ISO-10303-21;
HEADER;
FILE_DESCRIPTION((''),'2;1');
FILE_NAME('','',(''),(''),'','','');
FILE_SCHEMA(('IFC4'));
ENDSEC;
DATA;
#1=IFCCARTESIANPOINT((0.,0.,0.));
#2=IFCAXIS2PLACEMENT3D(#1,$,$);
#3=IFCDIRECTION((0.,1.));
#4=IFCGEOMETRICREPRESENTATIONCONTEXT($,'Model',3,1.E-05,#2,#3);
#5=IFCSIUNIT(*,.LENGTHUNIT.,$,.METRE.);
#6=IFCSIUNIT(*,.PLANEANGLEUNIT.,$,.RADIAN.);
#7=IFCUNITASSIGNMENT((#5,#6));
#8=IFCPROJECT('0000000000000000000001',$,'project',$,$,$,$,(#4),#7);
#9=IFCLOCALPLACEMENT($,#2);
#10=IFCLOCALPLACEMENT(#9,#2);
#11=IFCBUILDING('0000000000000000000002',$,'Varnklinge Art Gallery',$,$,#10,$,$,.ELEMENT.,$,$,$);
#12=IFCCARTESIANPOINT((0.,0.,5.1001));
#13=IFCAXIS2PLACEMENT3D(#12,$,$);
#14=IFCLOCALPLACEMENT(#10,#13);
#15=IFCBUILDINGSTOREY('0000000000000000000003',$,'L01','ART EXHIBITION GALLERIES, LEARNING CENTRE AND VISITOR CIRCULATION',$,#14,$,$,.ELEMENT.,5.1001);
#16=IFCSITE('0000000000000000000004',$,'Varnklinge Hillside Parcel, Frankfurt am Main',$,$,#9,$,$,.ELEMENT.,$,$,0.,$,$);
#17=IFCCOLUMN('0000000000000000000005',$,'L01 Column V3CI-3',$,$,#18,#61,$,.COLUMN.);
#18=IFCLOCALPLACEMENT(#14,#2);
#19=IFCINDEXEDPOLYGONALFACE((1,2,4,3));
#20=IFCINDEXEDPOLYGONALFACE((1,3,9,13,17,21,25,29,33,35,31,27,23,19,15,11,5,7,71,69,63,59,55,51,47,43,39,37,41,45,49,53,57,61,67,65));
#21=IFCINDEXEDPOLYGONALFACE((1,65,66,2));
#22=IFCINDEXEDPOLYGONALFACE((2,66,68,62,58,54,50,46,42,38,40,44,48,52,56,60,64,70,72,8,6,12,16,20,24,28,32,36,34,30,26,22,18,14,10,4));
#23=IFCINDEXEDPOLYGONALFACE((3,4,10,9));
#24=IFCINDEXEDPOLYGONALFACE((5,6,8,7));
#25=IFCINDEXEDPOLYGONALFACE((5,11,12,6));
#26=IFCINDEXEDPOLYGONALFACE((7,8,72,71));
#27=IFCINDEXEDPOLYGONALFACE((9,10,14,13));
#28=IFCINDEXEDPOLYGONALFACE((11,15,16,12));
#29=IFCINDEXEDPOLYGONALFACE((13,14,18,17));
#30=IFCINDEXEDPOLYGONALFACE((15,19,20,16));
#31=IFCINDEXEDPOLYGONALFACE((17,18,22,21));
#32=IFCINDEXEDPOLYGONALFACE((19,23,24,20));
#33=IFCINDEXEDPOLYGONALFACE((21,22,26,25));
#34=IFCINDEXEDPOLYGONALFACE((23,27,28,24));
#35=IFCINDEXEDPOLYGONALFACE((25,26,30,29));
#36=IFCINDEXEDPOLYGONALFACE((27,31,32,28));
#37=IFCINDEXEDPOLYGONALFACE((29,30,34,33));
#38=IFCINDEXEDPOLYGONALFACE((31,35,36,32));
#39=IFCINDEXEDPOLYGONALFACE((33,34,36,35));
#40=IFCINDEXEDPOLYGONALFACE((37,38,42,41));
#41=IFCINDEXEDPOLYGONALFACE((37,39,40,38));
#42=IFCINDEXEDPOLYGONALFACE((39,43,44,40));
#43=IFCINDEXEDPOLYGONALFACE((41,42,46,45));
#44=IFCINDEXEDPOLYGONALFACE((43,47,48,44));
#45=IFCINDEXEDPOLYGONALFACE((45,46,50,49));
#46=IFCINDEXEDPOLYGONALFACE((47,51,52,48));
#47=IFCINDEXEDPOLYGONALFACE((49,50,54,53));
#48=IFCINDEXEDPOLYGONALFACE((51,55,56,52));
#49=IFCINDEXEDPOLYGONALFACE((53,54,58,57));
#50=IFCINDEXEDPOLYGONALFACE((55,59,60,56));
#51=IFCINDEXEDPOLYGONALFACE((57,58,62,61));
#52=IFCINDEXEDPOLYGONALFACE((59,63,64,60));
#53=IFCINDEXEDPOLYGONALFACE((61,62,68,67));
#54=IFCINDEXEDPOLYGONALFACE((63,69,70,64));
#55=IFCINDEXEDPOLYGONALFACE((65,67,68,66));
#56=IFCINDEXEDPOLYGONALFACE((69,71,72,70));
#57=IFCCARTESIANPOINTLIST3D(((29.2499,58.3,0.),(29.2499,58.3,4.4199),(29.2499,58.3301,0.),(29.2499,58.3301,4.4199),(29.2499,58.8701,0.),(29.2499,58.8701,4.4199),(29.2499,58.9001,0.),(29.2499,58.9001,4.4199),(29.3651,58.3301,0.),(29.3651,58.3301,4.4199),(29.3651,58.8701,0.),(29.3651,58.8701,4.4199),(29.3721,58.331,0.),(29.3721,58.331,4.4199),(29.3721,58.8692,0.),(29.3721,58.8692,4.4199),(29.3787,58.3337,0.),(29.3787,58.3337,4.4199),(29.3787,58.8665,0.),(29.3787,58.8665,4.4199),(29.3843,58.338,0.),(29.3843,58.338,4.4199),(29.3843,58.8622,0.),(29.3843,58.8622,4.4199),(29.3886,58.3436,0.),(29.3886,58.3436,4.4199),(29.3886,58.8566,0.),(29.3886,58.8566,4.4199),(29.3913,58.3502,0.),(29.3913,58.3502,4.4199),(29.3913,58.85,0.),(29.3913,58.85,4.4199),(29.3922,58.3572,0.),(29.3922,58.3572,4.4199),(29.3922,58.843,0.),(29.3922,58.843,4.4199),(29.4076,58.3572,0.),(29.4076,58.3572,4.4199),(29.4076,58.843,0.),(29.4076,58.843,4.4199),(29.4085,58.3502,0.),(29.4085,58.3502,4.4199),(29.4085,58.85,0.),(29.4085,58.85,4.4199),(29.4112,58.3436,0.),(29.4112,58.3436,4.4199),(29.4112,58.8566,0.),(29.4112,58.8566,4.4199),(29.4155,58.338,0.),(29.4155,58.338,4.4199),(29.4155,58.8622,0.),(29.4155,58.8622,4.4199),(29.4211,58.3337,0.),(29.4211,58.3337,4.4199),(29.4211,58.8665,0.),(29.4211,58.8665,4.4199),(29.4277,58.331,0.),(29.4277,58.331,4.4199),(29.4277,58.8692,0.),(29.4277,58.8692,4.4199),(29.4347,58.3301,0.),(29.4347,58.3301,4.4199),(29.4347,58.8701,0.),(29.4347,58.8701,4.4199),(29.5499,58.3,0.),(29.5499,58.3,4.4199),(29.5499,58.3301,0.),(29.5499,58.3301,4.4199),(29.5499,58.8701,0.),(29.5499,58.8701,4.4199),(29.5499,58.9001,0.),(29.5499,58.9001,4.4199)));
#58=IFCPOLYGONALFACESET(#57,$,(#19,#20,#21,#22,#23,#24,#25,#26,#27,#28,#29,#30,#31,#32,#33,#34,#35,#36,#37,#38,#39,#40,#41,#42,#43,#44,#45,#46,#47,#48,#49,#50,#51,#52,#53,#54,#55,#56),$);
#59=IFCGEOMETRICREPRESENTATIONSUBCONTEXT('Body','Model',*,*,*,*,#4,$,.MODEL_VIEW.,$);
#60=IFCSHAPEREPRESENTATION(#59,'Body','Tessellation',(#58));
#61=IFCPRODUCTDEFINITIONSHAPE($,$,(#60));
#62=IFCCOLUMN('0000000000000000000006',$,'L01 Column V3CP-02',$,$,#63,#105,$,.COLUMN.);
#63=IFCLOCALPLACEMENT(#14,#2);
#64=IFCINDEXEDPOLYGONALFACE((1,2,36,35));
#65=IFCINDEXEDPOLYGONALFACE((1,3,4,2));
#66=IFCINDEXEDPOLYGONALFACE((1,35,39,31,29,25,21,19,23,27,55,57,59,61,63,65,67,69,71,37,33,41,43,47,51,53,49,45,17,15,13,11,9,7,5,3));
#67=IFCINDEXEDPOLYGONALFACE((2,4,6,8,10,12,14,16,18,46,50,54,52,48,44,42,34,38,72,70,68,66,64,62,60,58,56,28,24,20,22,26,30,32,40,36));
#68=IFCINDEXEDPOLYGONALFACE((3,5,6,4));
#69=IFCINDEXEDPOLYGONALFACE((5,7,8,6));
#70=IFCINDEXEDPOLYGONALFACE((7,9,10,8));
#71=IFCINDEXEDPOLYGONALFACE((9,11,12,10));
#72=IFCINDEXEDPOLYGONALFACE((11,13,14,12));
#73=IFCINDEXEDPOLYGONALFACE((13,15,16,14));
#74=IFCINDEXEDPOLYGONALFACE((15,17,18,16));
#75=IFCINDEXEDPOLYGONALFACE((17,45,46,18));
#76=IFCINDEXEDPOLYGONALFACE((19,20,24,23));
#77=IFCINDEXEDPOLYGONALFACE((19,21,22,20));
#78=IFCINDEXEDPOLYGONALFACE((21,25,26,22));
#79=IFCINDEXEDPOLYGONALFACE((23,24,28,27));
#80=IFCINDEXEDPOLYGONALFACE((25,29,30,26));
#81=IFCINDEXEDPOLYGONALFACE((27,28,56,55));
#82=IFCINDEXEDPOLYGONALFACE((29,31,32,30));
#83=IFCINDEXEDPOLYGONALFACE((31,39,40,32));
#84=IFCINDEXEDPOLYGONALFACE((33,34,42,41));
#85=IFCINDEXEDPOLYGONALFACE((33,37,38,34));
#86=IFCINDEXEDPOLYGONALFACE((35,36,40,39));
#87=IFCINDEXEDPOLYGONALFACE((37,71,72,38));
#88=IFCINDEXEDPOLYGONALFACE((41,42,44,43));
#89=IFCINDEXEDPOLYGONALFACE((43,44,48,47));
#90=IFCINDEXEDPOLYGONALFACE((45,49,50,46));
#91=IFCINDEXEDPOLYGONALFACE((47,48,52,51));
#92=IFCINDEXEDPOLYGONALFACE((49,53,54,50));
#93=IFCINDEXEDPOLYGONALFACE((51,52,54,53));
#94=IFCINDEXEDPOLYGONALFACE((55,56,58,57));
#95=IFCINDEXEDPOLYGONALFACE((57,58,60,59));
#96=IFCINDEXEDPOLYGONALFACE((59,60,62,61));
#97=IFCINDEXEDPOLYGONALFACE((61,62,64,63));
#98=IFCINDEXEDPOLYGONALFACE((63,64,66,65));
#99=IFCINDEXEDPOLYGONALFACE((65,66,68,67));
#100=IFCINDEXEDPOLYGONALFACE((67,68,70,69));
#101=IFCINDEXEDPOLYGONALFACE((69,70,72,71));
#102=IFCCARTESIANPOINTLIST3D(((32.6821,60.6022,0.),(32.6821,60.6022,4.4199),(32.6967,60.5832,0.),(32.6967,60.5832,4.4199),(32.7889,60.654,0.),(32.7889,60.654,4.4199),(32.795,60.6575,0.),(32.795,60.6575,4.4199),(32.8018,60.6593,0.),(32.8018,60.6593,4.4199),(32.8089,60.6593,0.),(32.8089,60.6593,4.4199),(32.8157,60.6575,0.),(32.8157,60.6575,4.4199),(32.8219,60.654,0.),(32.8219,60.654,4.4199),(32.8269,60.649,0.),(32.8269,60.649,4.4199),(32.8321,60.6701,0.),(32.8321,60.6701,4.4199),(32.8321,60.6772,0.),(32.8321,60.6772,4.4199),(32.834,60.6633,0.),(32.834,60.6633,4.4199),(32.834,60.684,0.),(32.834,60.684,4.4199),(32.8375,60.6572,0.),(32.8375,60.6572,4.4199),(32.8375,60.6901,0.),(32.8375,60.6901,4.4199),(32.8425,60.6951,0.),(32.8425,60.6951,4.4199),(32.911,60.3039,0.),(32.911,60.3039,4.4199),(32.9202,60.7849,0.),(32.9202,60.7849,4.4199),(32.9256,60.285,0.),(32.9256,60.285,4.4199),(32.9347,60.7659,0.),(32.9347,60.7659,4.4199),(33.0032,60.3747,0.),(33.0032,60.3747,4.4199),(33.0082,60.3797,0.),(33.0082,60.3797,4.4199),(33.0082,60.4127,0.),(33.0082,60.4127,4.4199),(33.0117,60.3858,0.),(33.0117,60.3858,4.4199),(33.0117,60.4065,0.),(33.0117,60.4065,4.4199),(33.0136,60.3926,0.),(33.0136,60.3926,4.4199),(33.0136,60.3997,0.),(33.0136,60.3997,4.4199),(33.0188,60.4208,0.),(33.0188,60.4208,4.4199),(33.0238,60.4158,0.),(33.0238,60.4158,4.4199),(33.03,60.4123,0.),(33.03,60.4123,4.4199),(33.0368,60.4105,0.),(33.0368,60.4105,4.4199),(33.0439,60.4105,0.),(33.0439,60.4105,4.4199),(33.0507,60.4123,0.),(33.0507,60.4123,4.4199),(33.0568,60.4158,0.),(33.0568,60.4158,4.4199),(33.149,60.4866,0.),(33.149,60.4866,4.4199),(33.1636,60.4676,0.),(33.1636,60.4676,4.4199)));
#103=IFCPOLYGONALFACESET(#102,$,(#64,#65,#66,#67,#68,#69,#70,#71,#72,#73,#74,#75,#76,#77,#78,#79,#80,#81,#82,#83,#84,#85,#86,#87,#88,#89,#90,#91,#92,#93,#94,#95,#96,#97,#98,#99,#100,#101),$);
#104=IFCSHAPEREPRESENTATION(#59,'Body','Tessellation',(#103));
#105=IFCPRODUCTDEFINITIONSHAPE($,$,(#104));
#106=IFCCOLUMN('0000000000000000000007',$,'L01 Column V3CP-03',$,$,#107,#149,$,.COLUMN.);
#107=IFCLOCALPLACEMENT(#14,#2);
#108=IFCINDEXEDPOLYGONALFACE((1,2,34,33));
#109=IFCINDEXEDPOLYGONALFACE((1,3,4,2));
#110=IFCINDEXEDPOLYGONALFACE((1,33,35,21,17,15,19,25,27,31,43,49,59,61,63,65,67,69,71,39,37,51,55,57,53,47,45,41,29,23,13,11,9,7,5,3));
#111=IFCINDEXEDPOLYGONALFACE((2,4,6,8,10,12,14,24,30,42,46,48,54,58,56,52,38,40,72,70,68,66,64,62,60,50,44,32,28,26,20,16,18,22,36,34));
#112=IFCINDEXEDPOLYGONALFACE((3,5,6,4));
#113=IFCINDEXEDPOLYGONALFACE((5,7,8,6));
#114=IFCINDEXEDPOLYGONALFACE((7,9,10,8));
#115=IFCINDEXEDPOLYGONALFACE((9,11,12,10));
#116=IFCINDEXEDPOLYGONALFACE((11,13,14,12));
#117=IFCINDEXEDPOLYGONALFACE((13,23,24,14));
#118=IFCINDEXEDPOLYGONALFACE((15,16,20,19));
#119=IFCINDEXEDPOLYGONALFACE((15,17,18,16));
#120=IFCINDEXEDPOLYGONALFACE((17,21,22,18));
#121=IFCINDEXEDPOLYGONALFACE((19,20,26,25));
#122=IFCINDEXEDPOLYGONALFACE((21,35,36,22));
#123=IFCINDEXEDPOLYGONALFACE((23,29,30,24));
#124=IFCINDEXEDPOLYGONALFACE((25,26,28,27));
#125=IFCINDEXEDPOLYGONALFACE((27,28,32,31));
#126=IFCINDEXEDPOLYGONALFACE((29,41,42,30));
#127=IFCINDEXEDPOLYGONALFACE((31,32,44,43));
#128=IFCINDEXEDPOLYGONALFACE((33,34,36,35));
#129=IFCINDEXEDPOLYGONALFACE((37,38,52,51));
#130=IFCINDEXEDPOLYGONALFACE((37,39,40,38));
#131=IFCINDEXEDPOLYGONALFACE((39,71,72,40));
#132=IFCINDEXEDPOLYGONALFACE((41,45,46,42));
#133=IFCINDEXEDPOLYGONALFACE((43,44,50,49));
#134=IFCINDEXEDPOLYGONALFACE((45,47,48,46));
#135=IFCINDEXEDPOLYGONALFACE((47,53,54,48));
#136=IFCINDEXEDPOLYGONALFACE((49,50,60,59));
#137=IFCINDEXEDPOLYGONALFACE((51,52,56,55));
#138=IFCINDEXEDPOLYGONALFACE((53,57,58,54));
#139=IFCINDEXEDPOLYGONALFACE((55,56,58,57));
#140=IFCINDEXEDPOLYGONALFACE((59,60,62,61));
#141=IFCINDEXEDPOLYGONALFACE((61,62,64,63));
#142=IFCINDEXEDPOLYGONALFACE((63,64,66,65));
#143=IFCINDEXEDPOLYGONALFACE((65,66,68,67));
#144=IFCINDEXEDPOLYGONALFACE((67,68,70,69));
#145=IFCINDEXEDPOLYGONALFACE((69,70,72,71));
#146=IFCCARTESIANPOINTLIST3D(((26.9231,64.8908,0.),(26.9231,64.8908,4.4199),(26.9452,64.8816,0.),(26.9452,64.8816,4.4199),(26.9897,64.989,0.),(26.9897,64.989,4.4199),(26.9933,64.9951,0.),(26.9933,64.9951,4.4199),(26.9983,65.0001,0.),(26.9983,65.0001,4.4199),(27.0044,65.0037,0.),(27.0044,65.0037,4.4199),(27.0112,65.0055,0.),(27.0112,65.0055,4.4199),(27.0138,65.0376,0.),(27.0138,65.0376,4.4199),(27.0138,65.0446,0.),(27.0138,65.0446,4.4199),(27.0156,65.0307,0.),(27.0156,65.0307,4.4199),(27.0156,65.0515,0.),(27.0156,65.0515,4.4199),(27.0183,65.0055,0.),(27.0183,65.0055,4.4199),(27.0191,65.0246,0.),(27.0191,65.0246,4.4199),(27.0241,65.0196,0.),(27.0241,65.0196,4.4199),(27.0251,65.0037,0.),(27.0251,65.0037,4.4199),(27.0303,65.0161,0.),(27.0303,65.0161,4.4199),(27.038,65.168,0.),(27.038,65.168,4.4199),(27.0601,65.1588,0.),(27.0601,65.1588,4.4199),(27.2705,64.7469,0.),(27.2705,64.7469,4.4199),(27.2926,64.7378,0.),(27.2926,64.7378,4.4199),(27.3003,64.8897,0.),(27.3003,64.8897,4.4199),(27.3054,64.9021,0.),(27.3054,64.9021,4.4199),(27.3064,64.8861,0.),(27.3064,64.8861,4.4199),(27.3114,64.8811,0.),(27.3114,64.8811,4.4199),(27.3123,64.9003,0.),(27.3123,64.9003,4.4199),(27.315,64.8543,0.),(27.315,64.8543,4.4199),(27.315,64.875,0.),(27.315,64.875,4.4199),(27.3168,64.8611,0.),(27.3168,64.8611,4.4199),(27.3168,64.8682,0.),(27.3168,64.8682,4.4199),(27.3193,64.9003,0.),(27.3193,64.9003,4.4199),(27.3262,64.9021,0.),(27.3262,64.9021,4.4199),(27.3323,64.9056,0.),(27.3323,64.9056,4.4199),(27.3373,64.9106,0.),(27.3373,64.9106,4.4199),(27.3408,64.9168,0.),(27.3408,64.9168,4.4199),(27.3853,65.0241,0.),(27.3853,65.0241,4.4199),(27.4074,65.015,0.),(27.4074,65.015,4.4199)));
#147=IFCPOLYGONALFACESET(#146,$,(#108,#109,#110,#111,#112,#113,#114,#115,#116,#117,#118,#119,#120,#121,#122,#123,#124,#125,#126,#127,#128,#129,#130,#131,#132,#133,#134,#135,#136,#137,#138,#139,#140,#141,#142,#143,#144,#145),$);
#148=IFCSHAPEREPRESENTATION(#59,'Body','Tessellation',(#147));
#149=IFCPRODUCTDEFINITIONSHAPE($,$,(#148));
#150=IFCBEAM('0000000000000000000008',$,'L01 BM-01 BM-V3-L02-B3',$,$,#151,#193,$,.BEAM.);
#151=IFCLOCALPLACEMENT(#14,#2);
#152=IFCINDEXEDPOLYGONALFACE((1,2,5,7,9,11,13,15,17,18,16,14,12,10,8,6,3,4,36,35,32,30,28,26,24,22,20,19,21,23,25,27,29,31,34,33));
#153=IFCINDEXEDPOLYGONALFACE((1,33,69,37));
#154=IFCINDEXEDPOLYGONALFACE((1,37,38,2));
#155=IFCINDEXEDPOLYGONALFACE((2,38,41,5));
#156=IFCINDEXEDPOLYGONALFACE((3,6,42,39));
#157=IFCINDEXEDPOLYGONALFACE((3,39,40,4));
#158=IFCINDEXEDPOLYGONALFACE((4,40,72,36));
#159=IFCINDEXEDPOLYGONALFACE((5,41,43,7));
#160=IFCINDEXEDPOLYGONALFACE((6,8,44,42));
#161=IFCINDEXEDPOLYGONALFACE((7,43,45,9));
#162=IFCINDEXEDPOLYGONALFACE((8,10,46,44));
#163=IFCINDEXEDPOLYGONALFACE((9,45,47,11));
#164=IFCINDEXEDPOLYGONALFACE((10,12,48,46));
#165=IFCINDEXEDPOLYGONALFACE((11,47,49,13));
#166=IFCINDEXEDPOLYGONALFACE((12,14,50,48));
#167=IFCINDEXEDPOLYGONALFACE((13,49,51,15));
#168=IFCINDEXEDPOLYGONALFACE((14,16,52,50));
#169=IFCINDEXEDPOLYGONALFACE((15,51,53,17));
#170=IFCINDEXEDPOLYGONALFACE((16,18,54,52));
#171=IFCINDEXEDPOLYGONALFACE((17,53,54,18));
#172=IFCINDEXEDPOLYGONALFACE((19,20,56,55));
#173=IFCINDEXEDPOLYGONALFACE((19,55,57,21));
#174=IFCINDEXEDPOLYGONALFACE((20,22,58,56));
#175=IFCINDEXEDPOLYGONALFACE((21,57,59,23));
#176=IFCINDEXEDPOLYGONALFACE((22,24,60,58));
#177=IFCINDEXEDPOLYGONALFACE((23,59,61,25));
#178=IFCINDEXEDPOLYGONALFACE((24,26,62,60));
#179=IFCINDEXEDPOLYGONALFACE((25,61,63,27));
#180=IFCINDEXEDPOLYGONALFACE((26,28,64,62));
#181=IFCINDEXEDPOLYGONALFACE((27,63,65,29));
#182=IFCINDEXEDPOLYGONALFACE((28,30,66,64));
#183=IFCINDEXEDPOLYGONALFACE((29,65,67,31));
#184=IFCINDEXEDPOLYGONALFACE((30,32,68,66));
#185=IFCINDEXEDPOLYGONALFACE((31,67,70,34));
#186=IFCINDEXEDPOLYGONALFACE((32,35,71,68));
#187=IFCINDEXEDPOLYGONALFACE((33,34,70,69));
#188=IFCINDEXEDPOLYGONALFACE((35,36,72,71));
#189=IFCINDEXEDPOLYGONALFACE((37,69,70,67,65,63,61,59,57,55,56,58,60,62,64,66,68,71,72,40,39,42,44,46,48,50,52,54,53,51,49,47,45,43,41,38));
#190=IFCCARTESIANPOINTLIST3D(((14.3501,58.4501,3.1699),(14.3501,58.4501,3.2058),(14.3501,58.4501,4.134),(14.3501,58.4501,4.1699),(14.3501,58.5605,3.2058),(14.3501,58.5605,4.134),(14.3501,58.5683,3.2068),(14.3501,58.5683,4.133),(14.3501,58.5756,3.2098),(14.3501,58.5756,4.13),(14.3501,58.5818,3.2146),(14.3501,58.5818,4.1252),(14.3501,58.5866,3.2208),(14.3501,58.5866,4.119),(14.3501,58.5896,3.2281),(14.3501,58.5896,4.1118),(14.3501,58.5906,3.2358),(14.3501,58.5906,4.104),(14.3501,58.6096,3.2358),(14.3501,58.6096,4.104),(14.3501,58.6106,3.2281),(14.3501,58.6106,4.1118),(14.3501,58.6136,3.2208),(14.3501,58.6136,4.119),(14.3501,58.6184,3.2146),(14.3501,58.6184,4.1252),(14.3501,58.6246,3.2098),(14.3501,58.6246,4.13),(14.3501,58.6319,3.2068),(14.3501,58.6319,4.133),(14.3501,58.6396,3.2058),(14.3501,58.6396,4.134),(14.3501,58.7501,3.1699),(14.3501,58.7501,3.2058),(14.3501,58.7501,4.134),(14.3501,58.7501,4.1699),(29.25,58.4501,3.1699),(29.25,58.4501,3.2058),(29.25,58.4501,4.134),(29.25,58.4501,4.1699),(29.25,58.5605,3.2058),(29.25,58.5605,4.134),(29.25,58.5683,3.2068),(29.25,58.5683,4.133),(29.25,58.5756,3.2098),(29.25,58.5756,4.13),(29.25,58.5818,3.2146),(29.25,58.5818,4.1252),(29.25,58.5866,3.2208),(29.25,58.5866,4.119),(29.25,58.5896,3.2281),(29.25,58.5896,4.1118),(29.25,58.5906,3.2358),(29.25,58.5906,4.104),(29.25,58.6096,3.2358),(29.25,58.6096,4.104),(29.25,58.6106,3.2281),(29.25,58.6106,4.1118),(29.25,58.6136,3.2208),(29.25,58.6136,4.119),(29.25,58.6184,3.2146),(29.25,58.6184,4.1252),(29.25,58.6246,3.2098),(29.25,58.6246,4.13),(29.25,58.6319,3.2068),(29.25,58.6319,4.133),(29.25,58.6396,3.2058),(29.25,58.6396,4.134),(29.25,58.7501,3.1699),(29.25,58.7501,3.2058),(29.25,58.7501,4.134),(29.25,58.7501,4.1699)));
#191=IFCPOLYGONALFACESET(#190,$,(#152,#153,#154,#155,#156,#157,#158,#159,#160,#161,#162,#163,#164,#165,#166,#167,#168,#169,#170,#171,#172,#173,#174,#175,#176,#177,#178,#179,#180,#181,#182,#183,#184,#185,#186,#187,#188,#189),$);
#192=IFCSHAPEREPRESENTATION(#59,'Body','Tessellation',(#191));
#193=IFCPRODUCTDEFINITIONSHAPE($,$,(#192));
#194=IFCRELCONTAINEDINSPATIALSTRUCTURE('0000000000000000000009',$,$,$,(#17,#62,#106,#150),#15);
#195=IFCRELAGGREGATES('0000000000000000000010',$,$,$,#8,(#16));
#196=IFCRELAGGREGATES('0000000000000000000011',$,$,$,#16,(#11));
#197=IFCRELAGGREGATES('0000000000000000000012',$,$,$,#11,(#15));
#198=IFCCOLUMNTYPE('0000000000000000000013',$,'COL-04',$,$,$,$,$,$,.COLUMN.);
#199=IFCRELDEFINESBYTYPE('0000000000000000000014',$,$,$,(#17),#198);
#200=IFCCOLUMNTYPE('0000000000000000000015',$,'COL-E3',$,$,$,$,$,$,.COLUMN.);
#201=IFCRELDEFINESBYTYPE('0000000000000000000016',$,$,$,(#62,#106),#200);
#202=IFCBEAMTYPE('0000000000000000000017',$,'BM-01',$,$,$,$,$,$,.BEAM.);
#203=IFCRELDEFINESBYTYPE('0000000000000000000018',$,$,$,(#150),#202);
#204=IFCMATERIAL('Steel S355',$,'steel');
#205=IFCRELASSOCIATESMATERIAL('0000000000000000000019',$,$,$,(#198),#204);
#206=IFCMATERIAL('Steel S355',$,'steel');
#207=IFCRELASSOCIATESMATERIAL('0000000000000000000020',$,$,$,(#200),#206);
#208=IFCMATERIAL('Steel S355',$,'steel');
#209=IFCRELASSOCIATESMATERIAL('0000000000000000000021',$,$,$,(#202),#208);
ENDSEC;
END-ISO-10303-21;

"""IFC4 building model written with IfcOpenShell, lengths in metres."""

from ifc_helpers import new_model, si_unit, direction, frame, origin, origin_2d, place, context, subcontext, project, spatial, i_section, extrude, material, material_profile, profile_set, type_object, element, save


model = new_model("IFC4")

# Units and contexts
model_context = context("Model", 3, precision=1e-05, world=origin(), true_north=direction((0.0, 1.0)))
body_context = subcontext(model_context, "Body", "Model", "MODEL_VIEW")
ifc_project = project(units=[si_unit("LENGTHUNIT", "METRE"), si_unit("PLANEANGLEUNIT", "RADIAN")], contexts=[model_context])

# Site, building, storey
site_placement = place(None, origin())
site = spatial("IfcSite", under=ifc_project, at=site_placement, Name="Varnklinge Hillside Parcel, Frankfurt am Main", CompositionType="ELEMENT", RefElevation=0.0)
building_placement = place(site_placement, origin())
building = spatial("IfcBuilding", under=site, at=building_placement, Name="Varnklinge Art Gallery", CompositionType="ELEMENT")
storey_placement = place(building_placement, frame((0.0, 0.0, 5.1001)))
storey = spatial("IfcBuildingStorey", under=building, at=storey_placement, Name="L01", Description="ART EXHIBITION GALLERIES, LEARNING CENTRE AND VISITOR CIRCULATION", CompositionType="ELEMENT", Elevation=5.1001)

# Columns
ifc_material_1 = material(Name="Steel S355", Category="steel")
ifc_material_profile_1 = material_profile(ifc_material_1, i_section(OverallWidth=0.3, OverallDepth=0.6001, WebThickness=0.0154, FlangeThickness=0.03, FilletRadius=0.0271, at=origin_2d()), Name="HEB 600")
ifc_profile_set_1 = profile_set([ifc_material_profile_1], Name="Steel S355")
column_type_1 = type_object("IfcColumnType", Name="COL-04", PredefinedType="COLUMN", material=ifc_profile_set_1)
column_placement = place(storey_placement, frame((29.3999, 58.6001, 0.0), z_axis=(0.0, 0.0, 1.0), x_axis=(1.0, 0.0, 0.0)))
element("IfcColumn", 1, at=column_placement, inside=storey, type_object=column_type_1, Name="L01 Column V3CI-3", PredefinedType="COLUMN", context=body_context, shape_type="SweptSolid", body=[
    extrude(i_section(OverallWidth=0.3, OverallDepth=0.6001, WebThickness=0.0154, FlangeThickness=0.03, FilletRadius=0.0271, at=origin_2d()), origin(), (0.0, 0.0, 1.0), 4.4199),
])
ifc_material_2 = material(Name="Steel S355", Category="steel")
ifc_material_profile_2 = material_profile(ifc_material_2, i_section(OverallWidth=0.3, OverallDepth=0.3999, WebThickness=0.0134, FlangeThickness=0.0239, FilletRadius=0.0271, at=origin_2d()), Name="HEB 400")
ifc_profile_set_2 = profile_set([ifc_material_profile_2], Name="Steel S355")
column_type_2 = type_object("IfcColumnType", Name="COL-E3", PredefinedType="COLUMN", material=ifc_profile_set_2)
for number, where, z_axis, x_axis, name in (
    (2, (32.9229, 60.5349, 0.0), (0.0, 0.0, 1.0), (0.793353, 0.608761, 0.0), "L01 Column V3CP-02"),
    (3, (27.1653, 64.9529, 0.0), (0.0, 0.0, 1.0), (0.382683, 0.92388, 0.0), "L01 Column V3CP-03"),
):
    element("IfcColumn", number, at=place(storey_placement, frame(where, z_axis=z_axis, x_axis=x_axis)), inside=storey, type_object=column_type_2, Name=name, PredefinedType="COLUMN", context=body_context, shape_type="SweptSolid", body=[
        extrude(i_section(OverallWidth=0.3, OverallDepth=0.3999, WebThickness=0.0134, FlangeThickness=0.0239, FilletRadius=0.0271, at=origin_2d()), origin(), (0.0, 0.0, 1.0), 4.4199),
    ])

# Beam
ifc_material_3 = material(Name="Steel S355", Category="steel")
ifc_material_profile_3 = material_profile(ifc_material_3, i_section(OverallWidth=0.3, OverallDepth=1.0, WebThickness=0.019, FlangeThickness=0.0359, FilletRadius=0.03, at=origin_2d()), Name="HEB 1000")
ifc_profile_set_3 = profile_set([ifc_material_profile_3], Name="Steel S355")
beam_type_1 = type_object("IfcBeamType", Name="BM-01", PredefinedType="BEAM", material=ifc_profile_set_3)
beam_1_placement = place(storey_placement, frame((29.25, 58.6001, 3.6699), z_axis=(-1.0, 0.0, 0.0), x_axis=(0.0, -1.0, 0.0)))
element("IfcBeam", 4, at=beam_1_placement, inside=storey, type_object=beam_type_1, Name="L01 BM-01 BM-V3-L02-B3", PredefinedType="BEAM", context=body_context, shape_type="SweptSolid", body=[
    extrude(i_section(OverallWidth=0.3, OverallDepth=1.0, WebThickness=0.019, FlangeThickness=0.0359, FilletRadius=0.03, at=origin_2d()), origin(), (0.0, 0.0, 1.0), 14.8999),
])

save(model, "model.ifc")
